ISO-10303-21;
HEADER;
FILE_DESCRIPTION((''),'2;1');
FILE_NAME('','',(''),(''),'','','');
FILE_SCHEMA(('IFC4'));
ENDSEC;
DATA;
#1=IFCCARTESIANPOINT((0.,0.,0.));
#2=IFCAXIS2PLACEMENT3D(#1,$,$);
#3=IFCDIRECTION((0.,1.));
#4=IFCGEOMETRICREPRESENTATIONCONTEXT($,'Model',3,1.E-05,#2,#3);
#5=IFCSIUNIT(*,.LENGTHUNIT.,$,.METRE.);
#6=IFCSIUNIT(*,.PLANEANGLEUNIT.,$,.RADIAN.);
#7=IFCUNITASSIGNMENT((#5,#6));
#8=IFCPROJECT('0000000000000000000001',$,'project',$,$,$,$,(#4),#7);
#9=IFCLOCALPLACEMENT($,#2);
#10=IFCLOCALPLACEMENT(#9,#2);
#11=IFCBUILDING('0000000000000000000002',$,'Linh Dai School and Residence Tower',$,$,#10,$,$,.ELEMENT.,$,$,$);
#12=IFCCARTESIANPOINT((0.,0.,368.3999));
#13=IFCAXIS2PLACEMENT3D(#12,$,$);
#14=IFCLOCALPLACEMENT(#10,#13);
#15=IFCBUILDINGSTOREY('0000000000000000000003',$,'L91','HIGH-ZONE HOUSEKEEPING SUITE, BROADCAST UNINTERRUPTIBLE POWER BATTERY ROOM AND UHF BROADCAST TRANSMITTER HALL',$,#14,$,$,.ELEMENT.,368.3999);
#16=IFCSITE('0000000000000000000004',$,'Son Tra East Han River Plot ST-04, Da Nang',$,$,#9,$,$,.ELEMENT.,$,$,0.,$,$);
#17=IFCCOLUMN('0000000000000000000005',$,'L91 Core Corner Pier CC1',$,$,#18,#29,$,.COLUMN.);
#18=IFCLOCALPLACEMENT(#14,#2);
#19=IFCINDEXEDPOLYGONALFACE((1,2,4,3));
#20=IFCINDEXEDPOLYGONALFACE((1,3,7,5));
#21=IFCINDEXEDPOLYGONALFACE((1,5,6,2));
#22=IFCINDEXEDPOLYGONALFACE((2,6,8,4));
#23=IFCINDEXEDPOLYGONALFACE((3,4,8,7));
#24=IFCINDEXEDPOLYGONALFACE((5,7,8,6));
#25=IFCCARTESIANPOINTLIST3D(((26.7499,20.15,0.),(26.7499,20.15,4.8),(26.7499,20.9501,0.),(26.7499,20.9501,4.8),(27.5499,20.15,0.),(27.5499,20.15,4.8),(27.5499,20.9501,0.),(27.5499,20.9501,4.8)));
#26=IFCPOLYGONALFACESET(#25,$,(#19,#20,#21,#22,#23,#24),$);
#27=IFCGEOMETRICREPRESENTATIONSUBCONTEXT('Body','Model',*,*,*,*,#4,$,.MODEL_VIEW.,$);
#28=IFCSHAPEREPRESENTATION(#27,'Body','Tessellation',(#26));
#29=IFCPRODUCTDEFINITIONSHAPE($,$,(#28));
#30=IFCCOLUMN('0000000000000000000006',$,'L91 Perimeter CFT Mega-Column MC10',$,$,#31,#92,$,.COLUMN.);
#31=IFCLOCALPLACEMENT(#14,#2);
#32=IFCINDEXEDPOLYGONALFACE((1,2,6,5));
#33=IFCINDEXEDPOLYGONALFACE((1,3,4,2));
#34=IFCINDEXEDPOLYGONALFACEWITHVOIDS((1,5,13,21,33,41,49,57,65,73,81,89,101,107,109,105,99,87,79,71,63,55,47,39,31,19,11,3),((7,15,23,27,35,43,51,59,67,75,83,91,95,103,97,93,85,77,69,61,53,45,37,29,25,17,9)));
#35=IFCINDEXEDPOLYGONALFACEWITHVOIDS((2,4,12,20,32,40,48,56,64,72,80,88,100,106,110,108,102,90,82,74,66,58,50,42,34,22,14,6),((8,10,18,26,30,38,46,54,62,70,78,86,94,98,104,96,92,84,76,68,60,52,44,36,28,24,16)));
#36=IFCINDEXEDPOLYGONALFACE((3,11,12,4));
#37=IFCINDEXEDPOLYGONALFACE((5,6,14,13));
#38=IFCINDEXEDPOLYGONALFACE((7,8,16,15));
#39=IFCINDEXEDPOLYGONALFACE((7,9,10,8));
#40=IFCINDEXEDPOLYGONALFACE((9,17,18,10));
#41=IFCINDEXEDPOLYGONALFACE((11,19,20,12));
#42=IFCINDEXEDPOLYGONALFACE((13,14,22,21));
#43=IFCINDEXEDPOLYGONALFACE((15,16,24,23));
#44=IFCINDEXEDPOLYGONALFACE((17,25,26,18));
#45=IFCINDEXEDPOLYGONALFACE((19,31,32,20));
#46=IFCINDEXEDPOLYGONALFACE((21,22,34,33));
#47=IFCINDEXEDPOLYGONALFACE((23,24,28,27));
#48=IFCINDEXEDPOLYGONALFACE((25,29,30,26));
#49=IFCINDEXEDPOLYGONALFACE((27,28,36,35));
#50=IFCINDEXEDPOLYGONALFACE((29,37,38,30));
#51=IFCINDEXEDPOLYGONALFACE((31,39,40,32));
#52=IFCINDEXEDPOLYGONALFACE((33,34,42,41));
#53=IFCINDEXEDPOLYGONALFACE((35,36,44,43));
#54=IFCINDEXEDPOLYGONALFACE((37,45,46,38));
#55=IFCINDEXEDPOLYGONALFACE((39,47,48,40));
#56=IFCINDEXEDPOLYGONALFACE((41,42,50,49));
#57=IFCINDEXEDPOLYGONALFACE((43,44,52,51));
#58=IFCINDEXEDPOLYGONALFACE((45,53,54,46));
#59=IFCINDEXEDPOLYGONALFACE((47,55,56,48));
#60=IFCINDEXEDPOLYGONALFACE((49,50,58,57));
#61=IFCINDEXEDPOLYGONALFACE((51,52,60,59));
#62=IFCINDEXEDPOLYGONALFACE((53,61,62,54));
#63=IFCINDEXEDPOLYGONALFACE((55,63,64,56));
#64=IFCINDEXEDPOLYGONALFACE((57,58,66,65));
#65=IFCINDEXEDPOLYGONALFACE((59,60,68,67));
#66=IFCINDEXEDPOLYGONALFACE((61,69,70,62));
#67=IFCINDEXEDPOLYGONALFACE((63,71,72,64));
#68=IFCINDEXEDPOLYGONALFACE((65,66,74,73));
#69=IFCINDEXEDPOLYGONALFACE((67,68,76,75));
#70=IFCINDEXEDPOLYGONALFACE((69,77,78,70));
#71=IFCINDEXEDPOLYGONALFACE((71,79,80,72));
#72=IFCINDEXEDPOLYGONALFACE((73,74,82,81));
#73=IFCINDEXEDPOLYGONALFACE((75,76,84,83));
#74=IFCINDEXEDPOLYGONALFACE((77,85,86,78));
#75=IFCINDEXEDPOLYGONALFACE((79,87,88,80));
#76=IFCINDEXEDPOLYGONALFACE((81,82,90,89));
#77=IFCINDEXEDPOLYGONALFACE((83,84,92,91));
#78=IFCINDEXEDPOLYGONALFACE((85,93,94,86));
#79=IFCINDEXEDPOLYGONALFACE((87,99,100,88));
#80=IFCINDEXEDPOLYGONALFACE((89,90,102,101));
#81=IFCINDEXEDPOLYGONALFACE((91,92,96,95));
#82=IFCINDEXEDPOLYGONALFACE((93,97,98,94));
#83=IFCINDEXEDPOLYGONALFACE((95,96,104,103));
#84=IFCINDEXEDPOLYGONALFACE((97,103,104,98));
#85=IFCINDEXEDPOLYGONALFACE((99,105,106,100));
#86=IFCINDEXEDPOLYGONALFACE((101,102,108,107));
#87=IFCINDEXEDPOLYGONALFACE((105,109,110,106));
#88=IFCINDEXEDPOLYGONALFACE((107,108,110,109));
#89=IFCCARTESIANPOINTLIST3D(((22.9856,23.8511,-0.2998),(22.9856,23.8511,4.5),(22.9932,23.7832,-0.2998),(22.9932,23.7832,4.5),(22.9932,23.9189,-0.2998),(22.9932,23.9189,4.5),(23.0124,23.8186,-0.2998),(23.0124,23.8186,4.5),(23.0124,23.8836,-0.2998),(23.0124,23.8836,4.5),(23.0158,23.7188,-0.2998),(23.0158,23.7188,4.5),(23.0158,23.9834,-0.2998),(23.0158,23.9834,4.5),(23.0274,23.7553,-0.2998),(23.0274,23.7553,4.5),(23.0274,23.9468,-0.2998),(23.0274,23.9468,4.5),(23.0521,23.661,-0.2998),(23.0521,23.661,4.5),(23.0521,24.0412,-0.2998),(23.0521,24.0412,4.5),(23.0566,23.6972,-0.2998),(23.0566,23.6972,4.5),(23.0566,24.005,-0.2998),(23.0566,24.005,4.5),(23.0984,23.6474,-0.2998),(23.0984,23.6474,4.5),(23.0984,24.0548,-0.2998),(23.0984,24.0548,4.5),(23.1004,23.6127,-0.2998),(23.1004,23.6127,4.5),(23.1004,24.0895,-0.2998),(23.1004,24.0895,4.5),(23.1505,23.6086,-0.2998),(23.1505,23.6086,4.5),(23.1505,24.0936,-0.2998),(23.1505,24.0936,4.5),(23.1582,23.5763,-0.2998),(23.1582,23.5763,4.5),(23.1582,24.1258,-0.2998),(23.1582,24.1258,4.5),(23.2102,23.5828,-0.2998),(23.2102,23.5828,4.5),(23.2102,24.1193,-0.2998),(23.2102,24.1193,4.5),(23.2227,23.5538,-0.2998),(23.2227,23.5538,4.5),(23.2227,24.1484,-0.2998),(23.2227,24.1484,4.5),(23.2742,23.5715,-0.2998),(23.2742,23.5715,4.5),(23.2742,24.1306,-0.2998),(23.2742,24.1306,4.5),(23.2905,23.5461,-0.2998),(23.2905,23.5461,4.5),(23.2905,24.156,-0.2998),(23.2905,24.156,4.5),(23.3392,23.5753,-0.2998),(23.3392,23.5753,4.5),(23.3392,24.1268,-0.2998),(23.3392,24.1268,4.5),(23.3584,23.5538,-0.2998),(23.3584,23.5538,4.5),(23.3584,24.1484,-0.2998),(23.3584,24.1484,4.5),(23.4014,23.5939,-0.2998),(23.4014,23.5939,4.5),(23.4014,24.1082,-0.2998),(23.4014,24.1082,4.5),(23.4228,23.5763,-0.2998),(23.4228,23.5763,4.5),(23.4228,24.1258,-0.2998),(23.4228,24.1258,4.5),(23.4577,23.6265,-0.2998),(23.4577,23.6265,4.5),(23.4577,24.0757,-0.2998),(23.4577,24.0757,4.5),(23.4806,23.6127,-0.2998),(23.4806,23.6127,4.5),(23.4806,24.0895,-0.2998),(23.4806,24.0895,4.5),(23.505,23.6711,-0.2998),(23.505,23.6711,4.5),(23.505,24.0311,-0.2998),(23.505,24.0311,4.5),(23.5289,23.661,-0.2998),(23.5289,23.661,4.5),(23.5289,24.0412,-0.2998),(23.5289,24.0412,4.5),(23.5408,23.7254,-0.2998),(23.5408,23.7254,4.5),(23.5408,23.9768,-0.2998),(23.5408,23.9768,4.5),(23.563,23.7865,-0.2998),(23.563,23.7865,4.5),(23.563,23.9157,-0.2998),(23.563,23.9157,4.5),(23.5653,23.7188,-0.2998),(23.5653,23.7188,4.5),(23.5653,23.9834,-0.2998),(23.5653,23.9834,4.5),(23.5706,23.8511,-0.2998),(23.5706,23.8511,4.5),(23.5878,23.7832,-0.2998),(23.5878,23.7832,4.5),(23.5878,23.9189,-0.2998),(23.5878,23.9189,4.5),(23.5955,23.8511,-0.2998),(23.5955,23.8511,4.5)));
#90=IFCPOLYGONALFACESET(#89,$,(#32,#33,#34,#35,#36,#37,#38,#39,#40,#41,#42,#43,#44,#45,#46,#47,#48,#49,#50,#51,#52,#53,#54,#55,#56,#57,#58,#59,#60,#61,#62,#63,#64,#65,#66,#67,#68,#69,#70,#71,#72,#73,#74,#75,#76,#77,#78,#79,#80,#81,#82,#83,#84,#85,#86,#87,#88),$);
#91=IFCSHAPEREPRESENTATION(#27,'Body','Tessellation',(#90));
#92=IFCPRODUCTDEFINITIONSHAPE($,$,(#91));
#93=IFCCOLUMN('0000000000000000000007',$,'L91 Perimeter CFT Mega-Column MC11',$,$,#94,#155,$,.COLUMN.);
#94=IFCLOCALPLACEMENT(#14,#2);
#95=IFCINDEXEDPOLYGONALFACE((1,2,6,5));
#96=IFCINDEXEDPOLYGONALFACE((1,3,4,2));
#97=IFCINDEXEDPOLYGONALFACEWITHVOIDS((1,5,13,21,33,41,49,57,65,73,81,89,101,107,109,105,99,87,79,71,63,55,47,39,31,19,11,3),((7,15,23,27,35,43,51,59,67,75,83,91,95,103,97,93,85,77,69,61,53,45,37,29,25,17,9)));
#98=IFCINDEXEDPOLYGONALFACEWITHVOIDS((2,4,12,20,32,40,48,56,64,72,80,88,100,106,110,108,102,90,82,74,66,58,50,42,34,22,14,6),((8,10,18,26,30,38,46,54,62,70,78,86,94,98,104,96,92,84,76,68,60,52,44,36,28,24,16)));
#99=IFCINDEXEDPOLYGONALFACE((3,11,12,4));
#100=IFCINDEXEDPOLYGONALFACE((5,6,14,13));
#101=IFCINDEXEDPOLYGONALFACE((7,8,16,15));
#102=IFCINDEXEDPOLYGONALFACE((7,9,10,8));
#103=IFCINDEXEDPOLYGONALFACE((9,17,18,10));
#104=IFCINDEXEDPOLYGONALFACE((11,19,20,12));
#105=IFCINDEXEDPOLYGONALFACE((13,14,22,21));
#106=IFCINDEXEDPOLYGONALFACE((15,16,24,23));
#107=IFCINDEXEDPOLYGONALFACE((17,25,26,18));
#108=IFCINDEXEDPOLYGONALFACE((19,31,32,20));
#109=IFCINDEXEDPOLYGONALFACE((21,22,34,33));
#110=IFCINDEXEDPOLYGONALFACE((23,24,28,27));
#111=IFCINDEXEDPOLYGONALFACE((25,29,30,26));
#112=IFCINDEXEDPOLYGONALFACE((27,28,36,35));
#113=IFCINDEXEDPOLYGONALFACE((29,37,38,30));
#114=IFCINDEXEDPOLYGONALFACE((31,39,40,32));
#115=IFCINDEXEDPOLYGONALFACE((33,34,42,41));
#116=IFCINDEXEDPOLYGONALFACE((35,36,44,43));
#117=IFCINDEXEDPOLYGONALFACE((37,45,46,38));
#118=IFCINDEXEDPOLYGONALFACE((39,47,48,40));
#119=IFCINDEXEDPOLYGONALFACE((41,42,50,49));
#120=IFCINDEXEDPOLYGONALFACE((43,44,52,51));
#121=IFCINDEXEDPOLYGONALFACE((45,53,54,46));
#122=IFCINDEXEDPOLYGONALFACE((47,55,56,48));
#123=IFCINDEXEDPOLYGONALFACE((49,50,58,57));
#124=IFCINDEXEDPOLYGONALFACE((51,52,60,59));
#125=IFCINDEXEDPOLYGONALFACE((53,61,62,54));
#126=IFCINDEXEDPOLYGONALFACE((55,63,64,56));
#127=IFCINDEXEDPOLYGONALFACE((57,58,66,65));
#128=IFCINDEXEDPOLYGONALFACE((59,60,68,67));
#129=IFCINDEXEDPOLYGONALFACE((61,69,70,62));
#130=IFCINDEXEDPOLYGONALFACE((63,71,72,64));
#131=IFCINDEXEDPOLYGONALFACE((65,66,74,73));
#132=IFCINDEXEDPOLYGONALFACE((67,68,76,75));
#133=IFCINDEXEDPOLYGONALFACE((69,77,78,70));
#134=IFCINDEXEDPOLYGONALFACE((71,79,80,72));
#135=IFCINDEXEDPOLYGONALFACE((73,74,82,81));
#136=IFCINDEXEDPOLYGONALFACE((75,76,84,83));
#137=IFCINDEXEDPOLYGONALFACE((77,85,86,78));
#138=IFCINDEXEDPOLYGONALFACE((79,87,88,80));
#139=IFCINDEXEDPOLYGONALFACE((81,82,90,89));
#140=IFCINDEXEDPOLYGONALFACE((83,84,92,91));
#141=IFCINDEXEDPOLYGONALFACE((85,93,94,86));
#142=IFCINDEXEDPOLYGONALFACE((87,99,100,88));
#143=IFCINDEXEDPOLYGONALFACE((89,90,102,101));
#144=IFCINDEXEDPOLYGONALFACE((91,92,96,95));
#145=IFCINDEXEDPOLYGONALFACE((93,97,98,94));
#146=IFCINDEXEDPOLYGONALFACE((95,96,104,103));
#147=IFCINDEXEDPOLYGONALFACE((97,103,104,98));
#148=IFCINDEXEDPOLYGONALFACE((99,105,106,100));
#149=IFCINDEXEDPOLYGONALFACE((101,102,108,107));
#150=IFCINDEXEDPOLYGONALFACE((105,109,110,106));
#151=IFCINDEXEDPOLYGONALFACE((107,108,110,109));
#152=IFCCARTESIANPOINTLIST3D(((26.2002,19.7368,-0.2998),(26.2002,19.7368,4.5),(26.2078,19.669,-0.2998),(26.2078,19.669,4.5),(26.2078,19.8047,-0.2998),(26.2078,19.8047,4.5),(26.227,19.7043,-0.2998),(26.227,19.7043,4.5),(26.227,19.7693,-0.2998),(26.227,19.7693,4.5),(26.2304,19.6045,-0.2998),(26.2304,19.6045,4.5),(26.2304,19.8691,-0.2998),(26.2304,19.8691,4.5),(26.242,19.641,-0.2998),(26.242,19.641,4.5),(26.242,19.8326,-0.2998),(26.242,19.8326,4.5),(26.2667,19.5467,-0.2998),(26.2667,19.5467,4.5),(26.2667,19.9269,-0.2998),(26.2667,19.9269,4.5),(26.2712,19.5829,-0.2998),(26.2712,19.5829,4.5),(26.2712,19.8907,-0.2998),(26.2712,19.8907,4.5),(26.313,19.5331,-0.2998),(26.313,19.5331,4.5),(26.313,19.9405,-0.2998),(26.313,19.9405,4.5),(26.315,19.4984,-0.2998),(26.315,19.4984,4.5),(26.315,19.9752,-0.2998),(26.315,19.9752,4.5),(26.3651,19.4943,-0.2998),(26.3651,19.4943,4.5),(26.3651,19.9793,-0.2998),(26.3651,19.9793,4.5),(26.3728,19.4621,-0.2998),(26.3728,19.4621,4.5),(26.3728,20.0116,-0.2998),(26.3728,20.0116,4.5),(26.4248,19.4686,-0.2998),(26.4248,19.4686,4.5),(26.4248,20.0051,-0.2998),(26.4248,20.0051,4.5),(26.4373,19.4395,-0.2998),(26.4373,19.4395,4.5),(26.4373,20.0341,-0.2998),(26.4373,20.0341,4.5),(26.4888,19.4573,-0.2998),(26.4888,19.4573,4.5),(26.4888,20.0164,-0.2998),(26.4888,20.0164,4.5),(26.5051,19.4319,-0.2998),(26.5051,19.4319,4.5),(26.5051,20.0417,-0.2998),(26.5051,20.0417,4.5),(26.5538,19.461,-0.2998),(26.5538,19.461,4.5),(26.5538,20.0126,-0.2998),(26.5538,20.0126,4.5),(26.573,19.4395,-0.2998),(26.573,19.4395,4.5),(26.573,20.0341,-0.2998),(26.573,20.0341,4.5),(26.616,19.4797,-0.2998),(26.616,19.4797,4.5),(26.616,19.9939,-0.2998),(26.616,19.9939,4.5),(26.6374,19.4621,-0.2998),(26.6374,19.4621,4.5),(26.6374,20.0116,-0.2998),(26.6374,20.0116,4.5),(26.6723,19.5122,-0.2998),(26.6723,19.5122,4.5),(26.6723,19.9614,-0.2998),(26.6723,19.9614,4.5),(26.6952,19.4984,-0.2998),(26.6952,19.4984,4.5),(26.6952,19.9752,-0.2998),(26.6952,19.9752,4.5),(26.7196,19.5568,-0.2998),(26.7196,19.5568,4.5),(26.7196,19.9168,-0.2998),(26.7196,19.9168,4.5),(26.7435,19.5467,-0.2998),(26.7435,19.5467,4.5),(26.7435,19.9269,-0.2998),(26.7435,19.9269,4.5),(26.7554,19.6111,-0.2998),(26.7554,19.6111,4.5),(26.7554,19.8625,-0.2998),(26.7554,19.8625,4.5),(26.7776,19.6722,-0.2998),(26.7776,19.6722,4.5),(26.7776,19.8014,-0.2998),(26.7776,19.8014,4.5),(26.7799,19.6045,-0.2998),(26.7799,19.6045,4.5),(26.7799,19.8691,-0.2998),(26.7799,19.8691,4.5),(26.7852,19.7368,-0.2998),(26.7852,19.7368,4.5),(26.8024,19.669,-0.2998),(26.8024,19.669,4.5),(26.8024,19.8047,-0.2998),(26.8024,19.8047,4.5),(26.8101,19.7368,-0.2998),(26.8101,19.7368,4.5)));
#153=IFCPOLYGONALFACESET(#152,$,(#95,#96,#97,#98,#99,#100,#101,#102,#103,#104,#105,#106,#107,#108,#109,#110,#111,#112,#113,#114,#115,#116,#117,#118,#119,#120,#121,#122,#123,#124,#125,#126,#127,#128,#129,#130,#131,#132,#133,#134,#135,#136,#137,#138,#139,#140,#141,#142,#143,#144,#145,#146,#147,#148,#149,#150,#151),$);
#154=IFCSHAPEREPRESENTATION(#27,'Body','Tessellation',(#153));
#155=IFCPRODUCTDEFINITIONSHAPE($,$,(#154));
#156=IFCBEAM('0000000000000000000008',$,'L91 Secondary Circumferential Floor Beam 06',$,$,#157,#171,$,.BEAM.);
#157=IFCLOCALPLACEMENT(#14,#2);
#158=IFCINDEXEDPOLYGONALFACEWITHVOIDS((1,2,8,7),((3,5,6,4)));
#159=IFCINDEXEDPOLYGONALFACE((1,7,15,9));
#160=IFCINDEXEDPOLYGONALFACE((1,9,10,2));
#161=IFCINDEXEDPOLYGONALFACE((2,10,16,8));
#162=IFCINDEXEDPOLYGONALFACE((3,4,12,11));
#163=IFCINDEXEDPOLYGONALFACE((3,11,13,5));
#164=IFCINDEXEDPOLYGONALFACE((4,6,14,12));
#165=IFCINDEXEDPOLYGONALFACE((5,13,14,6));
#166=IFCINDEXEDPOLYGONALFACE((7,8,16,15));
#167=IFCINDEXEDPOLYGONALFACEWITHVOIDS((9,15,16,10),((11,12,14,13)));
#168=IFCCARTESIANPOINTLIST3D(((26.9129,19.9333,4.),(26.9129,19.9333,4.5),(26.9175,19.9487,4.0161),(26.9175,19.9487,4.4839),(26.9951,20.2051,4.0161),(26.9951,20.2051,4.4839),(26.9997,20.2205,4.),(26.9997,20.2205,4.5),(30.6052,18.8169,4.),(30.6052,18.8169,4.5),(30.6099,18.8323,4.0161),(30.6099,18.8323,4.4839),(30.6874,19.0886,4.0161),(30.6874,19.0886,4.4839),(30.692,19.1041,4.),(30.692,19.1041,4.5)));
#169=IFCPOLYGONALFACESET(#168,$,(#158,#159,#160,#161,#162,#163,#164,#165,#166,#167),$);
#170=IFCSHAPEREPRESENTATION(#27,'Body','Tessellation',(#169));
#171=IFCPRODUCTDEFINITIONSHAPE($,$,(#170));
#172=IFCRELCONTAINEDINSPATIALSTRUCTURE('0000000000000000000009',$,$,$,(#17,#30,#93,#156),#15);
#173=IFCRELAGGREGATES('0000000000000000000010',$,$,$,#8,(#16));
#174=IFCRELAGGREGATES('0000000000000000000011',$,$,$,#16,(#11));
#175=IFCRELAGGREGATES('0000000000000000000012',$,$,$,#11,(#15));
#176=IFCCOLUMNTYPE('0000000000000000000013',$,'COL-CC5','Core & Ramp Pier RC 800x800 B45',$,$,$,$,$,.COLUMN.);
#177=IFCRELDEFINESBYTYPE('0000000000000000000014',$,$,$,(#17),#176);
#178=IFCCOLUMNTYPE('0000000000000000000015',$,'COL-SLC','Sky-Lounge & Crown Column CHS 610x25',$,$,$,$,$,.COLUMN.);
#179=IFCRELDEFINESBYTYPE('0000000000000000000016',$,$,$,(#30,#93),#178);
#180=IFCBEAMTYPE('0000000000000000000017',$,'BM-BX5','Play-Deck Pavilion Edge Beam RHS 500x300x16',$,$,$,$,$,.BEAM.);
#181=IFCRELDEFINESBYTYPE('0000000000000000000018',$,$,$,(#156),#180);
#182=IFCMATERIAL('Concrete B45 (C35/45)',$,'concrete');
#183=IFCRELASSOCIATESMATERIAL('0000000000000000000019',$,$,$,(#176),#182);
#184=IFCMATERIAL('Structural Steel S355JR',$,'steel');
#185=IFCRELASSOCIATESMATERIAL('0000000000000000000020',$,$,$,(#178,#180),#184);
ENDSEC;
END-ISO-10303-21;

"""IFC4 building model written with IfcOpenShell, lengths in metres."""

from ifc_helpers import new_model, si_unit, direction, frame, origin, origin_2d, place, context, subcontext, project, spatial, rectangle, hollow_rectangle, hollow_circle, extrude, material, material_profile, profile_set, type_object, element, save


model = new_model("IFC4")

# Units and contexts
model_context = context("Model", 3, precision=1e-05, world=origin(), true_north=direction((0.0, 1.0)))
body_context = subcontext(model_context, "Body", "Model", "MODEL_VIEW")
ifc_project = project(units=[si_unit("LENGTHUNIT", "METRE"), si_unit("PLANEANGLEUNIT", "RADIAN")], contexts=[model_context])

# Site, building, storey
site_placement = place(None, origin())
site = spatial("IfcSite", under=ifc_project, at=site_placement, Name="Son Tra East Han River Plot ST-04, Da Nang", CompositionType="ELEMENT", RefElevation=0.0)
building_placement = place(site_placement, origin())
building = spatial("IfcBuilding", under=site, at=building_placement, Name="Linh Dai School and Residence Tower", CompositionType="ELEMENT")
storey_placement = place(building_placement, frame((0.0, 0.0, 368.3999)))
storey = spatial("IfcBuildingStorey", under=building, at=storey_placement, Name="L91", Description="HIGH-ZONE HOUSEKEEPING SUITE, BROADCAST UNINTERRUPTIBLE POWER BATTERY ROOM AND UHF BROADCAST TRANSMITTER HALL", CompositionType="ELEMENT", Elevation=368.3999)

# Columns
ifc_material_1 = material(Name="Concrete B45 (C35/45)", Category="concrete")
ifc_material_profile_1 = material_profile(ifc_material_1, rectangle(XDim=0.8, YDim=0.8, at=origin_2d()), Name="RC 800x800")
ifc_profile_set_1 = profile_set([ifc_material_profile_1], Name="Concrete B45 (C35/45)")
column_type_1 = type_object("IfcColumnType", Name="COL-CC5", Description="Core & Ramp Pier RC 800x800 B45", PredefinedType="COLUMN", material=ifc_profile_set_1)
column_placement = place(storey_placement, frame((27.1499, 20.55, 0.0), z_axis=(0.0, 0.0, 1.0), x_axis=(1.0, 0.0, 0.0)))
element("IfcColumn", 1, at=column_placement, inside=storey, type_object=column_type_1, Name="L91 Core Corner Pier CC1", PredefinedType="COLUMN", context=body_context, shape_type="SweptSolid", body=[
    extrude(rectangle(XDim=0.8, YDim=0.8, at=origin_2d()), origin(), (0.0, 0.0, 1.0), 4.8),
])
ifc_material_2 = material(Name="Structural Steel S355JR", Category="steel")
ifc_material_profile_2 = material_profile(ifc_material_2, hollow_circle(Radius=0.3049, WallThickness=0.0249, at=origin_2d()), Name="CHS 610x25")
ifc_profile_set_2 = profile_set([ifc_material_profile_2], Name="Structural Steel S355JR")
column_type_2 = type_object("IfcColumnType", Name="COL-SLC", Description="Sky-Lounge & Crown Column CHS 610x25", PredefinedType="COLUMN", material=ifc_profile_set_2)
for number, where, z_axis, x_axis, name in (
    (2, (23.2905, 23.8511, -0.2998), (0.0, 0.0, 1.0), (1.0, 0.0, 0.0), "L91 Perimeter CFT Mega-Column MC10"),
    (3, (26.5051, 19.7368, -0.2998), (0.0, 0.0, 1.0), (1.0, 0.0, 0.0), "L91 Perimeter CFT Mega-Column MC11"),
):
    element("IfcColumn", number, at=place(storey_placement, frame(where, z_axis=z_axis, x_axis=x_axis)), inside=storey, type_object=column_type_2, Name=name, PredefinedType="COLUMN", context=body_context, shape_type="SweptSolid", body=[
        extrude(hollow_circle(Radius=0.3049, WallThickness=0.0249, at=origin_2d()), origin(), (0.0, 0.0, 1.0), 4.7998),
    ])

# Beam
ifc_material_profile_3 = material_profile(ifc_material_2, hollow_rectangle(XDim=0.3, YDim=0.5, WallThickness=0.0161, at=origin_2d()), Name="RHS 500x300x16")
ifc_profile_set_3 = profile_set([ifc_material_profile_3], Name="Structural Steel S355JR")
beam_type_1 = type_object("IfcBeamType", Name="BM-BX5", Description="Play-Deck Pavilion Edge Beam RHS 500x300x16", PredefinedType="BEAM", material=ifc_profile_set_3)
beam_1_placement = place(storey_placement, frame((26.9563, 20.0769, 4.25), z_axis=(0.9572, -0.289426, 0.0), x_axis=(0.289426, 0.9572, 0.0)))
element("IfcBeam", 4, at=beam_1_placement, inside=storey, type_object=beam_type_1, Name="L91 Secondary Circumferential Floor Beam 06", PredefinedType="BEAM", context=body_context, shape_type="SweptSolid", body=[
    extrude(hollow_rectangle(XDim=0.3, YDim=0.5, WallThickness=0.0161, at=origin_2d()), origin(), (0.0, 0.0, 1.0), 3.8574),
])

save(model, "model.ifc")
